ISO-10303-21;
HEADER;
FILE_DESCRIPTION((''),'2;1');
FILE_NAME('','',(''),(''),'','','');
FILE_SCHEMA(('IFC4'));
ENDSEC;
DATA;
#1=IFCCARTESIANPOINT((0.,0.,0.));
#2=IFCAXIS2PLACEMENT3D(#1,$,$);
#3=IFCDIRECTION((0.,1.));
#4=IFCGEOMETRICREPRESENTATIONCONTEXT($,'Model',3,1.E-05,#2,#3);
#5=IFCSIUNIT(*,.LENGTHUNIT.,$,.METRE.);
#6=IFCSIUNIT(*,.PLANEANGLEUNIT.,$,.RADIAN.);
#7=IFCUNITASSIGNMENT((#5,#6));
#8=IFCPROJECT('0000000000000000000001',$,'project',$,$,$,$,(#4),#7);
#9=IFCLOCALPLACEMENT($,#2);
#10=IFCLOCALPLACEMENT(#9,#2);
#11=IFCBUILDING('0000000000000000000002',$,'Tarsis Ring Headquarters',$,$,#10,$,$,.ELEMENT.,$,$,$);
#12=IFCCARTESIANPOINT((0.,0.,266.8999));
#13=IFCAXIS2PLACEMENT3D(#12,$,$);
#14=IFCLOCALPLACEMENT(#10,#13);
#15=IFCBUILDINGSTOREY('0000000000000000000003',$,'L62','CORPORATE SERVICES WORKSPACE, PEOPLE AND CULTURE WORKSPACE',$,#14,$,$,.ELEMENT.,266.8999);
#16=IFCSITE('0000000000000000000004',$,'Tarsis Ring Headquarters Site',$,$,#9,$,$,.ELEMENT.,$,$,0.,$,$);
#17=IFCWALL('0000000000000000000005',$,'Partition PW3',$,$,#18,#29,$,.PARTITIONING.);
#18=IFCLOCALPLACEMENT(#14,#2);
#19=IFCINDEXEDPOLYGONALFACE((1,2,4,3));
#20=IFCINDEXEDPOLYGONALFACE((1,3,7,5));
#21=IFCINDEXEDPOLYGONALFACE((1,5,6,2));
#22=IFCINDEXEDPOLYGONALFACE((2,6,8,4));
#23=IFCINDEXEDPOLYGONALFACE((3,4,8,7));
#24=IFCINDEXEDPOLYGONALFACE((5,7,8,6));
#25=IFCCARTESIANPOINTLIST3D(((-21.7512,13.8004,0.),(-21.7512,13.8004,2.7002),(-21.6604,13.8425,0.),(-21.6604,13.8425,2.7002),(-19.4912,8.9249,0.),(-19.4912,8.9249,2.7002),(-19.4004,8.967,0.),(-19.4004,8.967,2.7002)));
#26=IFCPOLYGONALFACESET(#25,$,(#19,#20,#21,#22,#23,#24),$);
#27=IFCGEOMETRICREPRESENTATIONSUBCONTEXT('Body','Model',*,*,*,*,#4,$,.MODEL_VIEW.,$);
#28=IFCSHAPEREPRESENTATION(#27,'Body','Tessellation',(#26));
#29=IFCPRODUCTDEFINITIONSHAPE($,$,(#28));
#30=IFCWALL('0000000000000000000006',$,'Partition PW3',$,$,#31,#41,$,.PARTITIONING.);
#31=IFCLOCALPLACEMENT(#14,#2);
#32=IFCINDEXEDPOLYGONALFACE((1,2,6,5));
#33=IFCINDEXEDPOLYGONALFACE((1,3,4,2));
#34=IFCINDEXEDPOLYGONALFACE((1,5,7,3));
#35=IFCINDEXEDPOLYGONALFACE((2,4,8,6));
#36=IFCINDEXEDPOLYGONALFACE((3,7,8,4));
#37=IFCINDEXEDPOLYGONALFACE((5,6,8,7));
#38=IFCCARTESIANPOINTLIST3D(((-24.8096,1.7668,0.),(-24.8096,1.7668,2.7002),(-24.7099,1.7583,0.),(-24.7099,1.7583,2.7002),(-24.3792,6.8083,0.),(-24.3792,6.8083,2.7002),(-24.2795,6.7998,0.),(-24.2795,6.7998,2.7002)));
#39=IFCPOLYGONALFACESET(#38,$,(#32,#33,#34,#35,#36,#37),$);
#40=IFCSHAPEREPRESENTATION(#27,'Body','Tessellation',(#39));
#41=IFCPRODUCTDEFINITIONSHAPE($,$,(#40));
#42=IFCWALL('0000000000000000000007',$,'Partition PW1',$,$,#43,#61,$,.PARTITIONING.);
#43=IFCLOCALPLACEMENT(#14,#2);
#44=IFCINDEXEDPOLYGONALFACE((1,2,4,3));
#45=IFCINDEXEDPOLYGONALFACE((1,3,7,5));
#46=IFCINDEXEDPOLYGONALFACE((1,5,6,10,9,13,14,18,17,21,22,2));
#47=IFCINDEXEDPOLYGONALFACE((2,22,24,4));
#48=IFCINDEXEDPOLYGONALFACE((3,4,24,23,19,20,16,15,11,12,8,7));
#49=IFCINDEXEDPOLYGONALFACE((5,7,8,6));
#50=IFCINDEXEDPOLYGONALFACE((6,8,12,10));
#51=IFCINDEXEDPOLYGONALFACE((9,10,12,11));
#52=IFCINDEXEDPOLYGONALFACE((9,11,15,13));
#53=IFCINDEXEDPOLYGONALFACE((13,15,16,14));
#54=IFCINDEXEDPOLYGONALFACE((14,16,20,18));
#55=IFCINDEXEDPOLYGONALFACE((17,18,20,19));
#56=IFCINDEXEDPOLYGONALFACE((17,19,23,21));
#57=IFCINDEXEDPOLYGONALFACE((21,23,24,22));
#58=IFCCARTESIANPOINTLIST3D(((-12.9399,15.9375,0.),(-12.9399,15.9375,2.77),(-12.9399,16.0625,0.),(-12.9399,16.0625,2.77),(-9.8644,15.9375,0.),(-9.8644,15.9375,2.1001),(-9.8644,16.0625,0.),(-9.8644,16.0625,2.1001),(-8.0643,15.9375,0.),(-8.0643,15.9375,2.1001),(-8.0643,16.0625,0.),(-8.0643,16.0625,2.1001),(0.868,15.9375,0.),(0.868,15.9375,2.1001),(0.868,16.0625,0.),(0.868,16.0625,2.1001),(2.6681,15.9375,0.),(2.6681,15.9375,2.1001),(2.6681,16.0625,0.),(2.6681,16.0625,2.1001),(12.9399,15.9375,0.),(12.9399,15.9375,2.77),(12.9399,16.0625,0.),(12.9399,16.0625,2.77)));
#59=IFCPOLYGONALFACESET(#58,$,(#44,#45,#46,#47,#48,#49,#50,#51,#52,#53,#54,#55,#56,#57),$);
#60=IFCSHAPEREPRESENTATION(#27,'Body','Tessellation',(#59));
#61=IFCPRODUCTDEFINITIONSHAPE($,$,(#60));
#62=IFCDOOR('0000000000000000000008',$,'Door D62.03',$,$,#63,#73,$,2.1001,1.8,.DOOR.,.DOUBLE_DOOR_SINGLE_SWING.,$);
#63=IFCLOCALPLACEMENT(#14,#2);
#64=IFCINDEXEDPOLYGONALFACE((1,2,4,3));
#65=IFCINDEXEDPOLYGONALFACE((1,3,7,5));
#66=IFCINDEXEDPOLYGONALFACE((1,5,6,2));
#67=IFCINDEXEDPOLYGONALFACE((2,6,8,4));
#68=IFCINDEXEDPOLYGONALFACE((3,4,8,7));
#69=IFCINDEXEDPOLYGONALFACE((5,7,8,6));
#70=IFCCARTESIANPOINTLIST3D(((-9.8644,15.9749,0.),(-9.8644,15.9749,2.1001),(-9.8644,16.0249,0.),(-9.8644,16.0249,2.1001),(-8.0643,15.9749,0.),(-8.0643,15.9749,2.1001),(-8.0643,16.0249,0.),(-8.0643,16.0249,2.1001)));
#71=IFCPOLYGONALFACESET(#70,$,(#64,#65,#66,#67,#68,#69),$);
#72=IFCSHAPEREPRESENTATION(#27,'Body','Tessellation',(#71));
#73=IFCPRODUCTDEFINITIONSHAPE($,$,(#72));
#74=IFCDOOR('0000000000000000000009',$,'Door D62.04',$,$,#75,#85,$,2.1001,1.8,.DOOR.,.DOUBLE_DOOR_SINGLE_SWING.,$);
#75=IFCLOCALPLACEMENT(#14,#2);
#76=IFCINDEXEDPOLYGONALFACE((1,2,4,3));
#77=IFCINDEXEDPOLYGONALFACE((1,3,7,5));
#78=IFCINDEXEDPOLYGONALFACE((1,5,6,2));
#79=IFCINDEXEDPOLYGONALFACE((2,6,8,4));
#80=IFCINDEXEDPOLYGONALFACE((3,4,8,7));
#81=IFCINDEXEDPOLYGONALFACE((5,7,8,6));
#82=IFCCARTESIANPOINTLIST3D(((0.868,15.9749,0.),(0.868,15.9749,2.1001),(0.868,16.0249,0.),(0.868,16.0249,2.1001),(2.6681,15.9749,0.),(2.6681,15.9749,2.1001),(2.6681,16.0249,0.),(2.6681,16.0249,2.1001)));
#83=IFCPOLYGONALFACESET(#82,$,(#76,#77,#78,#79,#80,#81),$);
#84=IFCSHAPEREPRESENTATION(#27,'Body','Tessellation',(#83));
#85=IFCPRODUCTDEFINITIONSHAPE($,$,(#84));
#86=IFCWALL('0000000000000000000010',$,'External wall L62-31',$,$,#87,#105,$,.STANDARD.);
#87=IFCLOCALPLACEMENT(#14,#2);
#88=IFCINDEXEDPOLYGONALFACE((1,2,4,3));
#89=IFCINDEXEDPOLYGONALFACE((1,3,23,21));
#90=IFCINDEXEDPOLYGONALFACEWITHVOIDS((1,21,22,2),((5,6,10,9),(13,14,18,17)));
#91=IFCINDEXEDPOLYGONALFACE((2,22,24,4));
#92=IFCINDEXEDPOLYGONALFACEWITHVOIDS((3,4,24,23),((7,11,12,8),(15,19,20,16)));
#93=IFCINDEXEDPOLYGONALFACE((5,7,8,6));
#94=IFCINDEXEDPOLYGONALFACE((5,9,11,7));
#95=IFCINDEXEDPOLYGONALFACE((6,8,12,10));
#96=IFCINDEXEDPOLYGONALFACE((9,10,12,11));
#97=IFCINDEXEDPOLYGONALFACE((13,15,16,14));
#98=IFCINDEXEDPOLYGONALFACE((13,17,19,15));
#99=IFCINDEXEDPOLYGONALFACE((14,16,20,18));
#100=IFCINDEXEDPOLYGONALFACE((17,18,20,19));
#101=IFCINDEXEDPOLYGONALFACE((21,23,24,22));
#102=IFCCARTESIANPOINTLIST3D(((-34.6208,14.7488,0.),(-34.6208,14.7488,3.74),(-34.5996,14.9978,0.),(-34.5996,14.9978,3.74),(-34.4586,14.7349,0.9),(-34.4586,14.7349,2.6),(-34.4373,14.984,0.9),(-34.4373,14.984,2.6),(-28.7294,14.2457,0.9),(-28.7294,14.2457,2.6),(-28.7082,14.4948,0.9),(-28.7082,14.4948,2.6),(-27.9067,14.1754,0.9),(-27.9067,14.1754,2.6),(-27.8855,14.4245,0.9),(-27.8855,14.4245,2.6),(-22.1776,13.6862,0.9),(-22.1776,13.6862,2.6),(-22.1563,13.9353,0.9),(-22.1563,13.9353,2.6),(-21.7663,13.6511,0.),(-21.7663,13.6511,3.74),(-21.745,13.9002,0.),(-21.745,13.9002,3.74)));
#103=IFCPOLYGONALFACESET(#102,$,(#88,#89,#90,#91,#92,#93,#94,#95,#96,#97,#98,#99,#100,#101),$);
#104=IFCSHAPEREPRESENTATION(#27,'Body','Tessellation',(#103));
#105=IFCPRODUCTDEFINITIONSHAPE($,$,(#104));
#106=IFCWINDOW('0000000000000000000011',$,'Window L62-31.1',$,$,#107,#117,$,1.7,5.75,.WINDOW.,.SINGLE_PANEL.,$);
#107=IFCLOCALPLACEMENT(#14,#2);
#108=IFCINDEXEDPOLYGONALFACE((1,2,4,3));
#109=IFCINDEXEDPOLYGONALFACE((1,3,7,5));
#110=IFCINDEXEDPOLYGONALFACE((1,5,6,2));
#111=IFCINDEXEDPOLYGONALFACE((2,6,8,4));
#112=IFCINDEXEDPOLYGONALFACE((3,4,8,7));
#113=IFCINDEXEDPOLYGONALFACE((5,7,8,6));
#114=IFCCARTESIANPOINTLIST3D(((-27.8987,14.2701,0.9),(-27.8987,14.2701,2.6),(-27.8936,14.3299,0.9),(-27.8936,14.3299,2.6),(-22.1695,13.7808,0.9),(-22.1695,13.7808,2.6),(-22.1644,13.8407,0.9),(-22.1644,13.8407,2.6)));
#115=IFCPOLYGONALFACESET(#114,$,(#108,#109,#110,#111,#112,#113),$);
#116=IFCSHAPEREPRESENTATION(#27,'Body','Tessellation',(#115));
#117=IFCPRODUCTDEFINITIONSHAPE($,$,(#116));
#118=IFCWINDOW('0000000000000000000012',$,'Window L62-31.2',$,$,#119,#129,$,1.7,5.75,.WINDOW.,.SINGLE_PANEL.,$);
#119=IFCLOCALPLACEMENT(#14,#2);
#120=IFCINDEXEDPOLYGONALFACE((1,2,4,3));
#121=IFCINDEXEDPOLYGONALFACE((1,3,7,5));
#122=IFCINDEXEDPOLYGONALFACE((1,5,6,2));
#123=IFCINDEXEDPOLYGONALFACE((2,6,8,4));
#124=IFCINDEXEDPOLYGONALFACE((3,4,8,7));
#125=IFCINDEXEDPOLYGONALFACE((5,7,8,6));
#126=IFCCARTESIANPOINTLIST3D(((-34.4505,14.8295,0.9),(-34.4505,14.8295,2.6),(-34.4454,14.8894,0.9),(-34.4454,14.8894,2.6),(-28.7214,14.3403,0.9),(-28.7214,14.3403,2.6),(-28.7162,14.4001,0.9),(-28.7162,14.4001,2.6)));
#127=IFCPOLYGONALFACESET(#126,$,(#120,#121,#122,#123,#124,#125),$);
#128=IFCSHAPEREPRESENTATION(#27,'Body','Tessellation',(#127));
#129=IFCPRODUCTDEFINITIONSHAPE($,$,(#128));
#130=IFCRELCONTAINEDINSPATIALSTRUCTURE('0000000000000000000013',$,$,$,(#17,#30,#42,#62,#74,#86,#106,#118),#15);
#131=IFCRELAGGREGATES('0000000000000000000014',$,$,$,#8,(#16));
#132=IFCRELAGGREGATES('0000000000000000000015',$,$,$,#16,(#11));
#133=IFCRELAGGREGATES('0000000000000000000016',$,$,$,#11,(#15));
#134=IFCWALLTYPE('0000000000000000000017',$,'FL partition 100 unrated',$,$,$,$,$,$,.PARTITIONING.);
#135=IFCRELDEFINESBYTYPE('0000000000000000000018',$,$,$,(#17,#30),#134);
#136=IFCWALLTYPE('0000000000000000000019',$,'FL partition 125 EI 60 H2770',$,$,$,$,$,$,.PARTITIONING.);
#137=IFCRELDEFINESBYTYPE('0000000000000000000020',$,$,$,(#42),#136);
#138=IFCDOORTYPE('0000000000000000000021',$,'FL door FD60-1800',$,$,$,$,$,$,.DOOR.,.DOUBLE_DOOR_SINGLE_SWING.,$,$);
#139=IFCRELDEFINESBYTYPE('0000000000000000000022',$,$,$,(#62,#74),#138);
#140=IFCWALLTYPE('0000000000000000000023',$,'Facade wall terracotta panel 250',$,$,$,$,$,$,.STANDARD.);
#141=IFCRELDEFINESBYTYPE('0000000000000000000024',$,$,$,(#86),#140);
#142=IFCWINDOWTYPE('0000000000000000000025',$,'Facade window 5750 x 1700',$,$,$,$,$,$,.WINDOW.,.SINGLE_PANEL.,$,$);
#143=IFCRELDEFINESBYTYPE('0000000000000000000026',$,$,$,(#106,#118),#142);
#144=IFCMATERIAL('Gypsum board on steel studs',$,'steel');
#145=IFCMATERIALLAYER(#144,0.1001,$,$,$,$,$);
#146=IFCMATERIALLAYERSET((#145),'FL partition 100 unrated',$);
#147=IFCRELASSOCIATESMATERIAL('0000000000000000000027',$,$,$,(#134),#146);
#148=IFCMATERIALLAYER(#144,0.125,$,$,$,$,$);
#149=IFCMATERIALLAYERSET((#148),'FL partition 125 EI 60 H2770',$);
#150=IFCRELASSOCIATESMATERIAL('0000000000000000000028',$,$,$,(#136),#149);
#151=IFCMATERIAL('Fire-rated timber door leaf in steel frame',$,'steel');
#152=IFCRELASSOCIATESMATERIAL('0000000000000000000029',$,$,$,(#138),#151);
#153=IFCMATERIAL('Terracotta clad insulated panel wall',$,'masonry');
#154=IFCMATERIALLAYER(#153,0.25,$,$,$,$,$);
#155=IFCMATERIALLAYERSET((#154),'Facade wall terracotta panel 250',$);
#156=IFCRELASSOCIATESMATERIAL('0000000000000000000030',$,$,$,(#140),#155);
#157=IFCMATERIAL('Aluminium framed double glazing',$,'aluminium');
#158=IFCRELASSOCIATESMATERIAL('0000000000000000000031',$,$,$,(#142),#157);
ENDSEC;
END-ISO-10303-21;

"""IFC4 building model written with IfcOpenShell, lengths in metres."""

from ifc_helpers import new_model, si_unit, direction, frame, frame_2d, origin, place, context, subcontext, project, spatial, rectangle, extrude, material, layer, layer_set, type_object, element, fill, save


model = new_model("IFC4")

# Units and contexts
model_context = context("Model", 3, precision=1e-05, world=origin(), true_north=direction((0.0, 1.0)))
body_context = subcontext(model_context, "Body", "Model", "MODEL_VIEW")
ifc_project = project(units=[si_unit("LENGTHUNIT", "METRE"), si_unit("PLANEANGLEUNIT", "RADIAN")], contexts=[model_context])

# Site, building, storey
site_placement = place(None, origin())
site = spatial("IfcSite", under=ifc_project, at=site_placement, Name="Tarsis Ring Headquarters Site", CompositionType="ELEMENT", RefElevation=0.0)
building_placement = place(site_placement, origin())
building = spatial("IfcBuilding", under=site, at=building_placement, Name="Tarsis Ring Headquarters", CompositionType="ELEMENT")
storey_placement = place(building_placement, frame((0.0, 0.0, 266.8999)))
storey = spatial("IfcBuildingStorey", under=building, at=storey_placement, Name="L62", Description="CORPORATE SERVICES WORKSPACE, PEOPLE AND CULTURE WORKSPACE", CompositionType="ELEMENT", Elevation=266.8999)

# Walls
ifc_material_1 = material(Name="Gypsum board on steel studs", Category="steel")
ifc_layer_1 = layer(ifc_material_1, 0.1001)
ifc_layer_set_1 = layer_set([ifc_layer_1], Name="FL partition 100 unrated")
wall_type_1 = type_object("IfcWallType", Name="FL partition 100 unrated", PredefinedType="PARTITIONING", material=ifc_layer_set_1)
wall_1_placement = place(storey_placement, frame((-21.7058, 13.8215, 0.0), z_axis=(0.0, 0.0, 1.0), x_axis=(0.420559, -0.907265, 0.0)))
element("IfcWall", 1, at=wall_1_placement, inside=storey, type_object=wall_type_1, Name="Partition PW3", PredefinedType="PARTITIONING", context=body_context, shape_type="SweptSolid", body=[
    extrude(rectangle(XDim=5.3738, YDim=0.1001, at=frame_2d((2.687, 0.0))), origin(), (0.0, 0.0, 1.0), 2.7002),
])
wall_2_placement = place(storey_placement, frame((-24.7598, 1.7627, 0.0), z_axis=(0.0, 0.0, 1.0), x_axis=(0.085066, 0.996375, 0.0)))
element("IfcWall", 2, at=wall_2_placement, inside=storey, type_object=wall_type_1, Name="Partition PW3", PredefinedType="PARTITIONING", context=body_context, shape_type="SweptSolid", body=[
    extrude(rectangle(XDim=5.0598, YDim=0.1001, at=frame_2d((2.5298, 0.0))), origin(), (0.0, 0.0, 1.0), 2.7002),
])

# Wall, openings, doors
ifc_layer_2 = layer(ifc_material_1, 0.125)
ifc_layer_set_2 = layer_set([ifc_layer_2], Name="FL partition 125 EI 60 H2770")
wall_type_2 = type_object("IfcWallType", Name="FL partition 125 EI 60 H2770", PredefinedType="PARTITIONING", material=ifc_layer_set_2)
wall_3_placement = place(storey_placement, frame((-12.9399, 16.0, 0.0), z_axis=(0.0, 0.0, 1.0), x_axis=(1.0, 0.0, 0.0)))
wall_3 = element("IfcWall", 3, at=wall_3_placement, inside=storey, type_object=wall_type_2, Name="Partition PW1", PredefinedType="PARTITIONING", context=body_context, shape_type="SweptSolid", body=[
    extrude(rectangle(XDim=25.8799, YDim=0.125, at=frame_2d((12.9399, 0.0))), origin(), (0.0, 0.0, 1.0), 2.77),
])
opening_1_placement = place(wall_3_placement, frame((3.0757, 0.0, 0.0)))
opening_1 = element("IfcOpeningElement", 4, at=opening_1_placement, cuts=wall_3, PredefinedType="OPENING", context=body_context, shape_type="SweptSolid", body=[
    extrude(rectangle(XDim=1.8, YDim=2.1001, at=frame_2d((0.8999, 1.05))), frame((0.0, 0.0725, 0.0), z_axis=(0.0, -1.0, 0.0), x_axis=(1.0, 0.0, 0.0)), (0.0, 0.0, 1.0), 0.145),
])
opening_2_placement = place(wall_3_placement, frame((13.8081, 0.0, 0.0)))
opening_2 = element("IfcOpeningElement", 5, at=opening_2_placement, cuts=wall_3, PredefinedType="OPENING", context=body_context, shape_type="SweptSolid", body=[
    extrude(rectangle(XDim=1.8, YDim=2.1001, at=frame_2d((0.8999, 1.05))), frame((0.0, 0.0725, 0.0), z_axis=(0.0, -1.0, 0.0), x_axis=(1.0, 0.0, 0.0)), (0.0, 0.0, 1.0), 0.145),
])
ifc_material_2 = material(Name="Fire-rated timber door leaf in steel frame", Category="steel")
door_type_1 = type_object("IfcDoorType", Name="FL door FD60-1800", OperationType="DOUBLE_DOOR_SINGLE_SWING", PredefinedType="DOOR", material=ifc_material_2)
door_1_placement = place(opening_1_placement, origin())
door_1 = element("IfcDoor", 6, at=door_1_placement, inside=storey, type_object=door_type_1, Name="Door D62.03", OperationType="DOUBLE_DOOR_SINGLE_SWING", OverallHeight=2.1001, OverallWidth=1.8, PredefinedType="DOOR", context=body_context, shape_type="SweptSolid", body=[
    extrude(rectangle(XDim=1.8, YDim=2.1001, at=frame_2d((0.8999, 1.05))), frame((0.0, 0.0249, 0.0), z_axis=(0.0, -1.0, 0.0), x_axis=(1.0, 0.0, 0.0)), (0.0, 0.0, 1.0), 0.05),
])
fill(opening_1, door_1)
door_2_placement = place(opening_2_placement, origin())
door_2 = element("IfcDoor", 7, at=door_2_placement, inside=storey, type_object=door_type_1, Name="Door D62.04", OperationType="DOUBLE_DOOR_SINGLE_SWING", OverallHeight=2.1001, OverallWidth=1.8, PredefinedType="DOOR", context=body_context, shape_type="SweptSolid", body=[
    extrude(rectangle(XDim=1.8, YDim=2.1001, at=frame_2d((0.8999, 1.05))), frame((0.0, 0.0249, 0.0), z_axis=(0.0, -1.0, 0.0), x_axis=(1.0, 0.0, 0.0)), (0.0, 0.0, 1.0), 0.05),
])
fill(opening_2, door_2)

# Wall, openings, windows
ifc_material_3 = material(Name="Terracotta clad insulated panel wall", Category="masonry")
ifc_layer_3 = layer(ifc_material_3, 0.25)
ifc_layer_set_3 = layer_set([ifc_layer_3], Name="Facade wall terracotta panel 250")
wall_type_3 = type_object("IfcWallType", Name="Facade wall terracotta panel 250", PredefinedType="STANDARD", material=ifc_layer_set_3)
wall_4_placement = place(storey_placement, frame((-21.7556, 13.7756, 0.0), z_axis=(0.0, 0.0, 1.0), x_axis=(-0.996374, 0.085081, 0.0)))
wall_4 = element("IfcWall", 8, at=wall_4_placement, inside=storey, type_object=wall_type_3, Name="External wall L62-31", PredefinedType="STANDARD", context=body_context, shape_type="SweptSolid", body=[
    extrude(rectangle(XDim=12.9014, YDim=0.25, at=frame_2d((6.4507, 0.0))), origin(), (0.0, 0.0, 1.0), 3.74),
])
opening_3_placement = place(wall_4_placement, frame((0.4128, 0.0, 0.8999)))
opening_3 = element("IfcOpeningElement", 9, at=opening_3_placement, cuts=wall_4, PredefinedType="OPENING", context=body_context, shape_type="SweptSolid", body=[
    extrude(rectangle(XDim=5.75, YDim=1.7, at=frame_2d((2.875, 0.8501))), frame((0.0, 0.135, 0.0), z_axis=(0.0, -1.0, 0.0), x_axis=(1.0, 0.0, 0.0)), (0.0, 0.0, 1.0), 0.27),
])
opening_4_placement = place(wall_4_placement, frame((6.9885, 0.0, 0.8999)))
opening_4 = element("IfcOpeningElement", 10, at=opening_4_placement, cuts=wall_4, PredefinedType="OPENING", context=body_context, shape_type="SweptSolid", body=[
    extrude(rectangle(XDim=5.75, YDim=1.7, at=frame_2d((2.875, 0.8501))), frame((0.0, 0.135, 0.0), z_axis=(0.0, -1.0, 0.0), x_axis=(1.0, 0.0, 0.0)), (0.0, 0.0, 1.0), 0.27),
])
ifc_material_4 = material(Name="Aluminium framed double glazing", Category="aluminium")
window_type = type_object("IfcWindowType", Name="Facade window 5750 x 1700", PartitioningType="SINGLE_PANEL", PredefinedType="WINDOW", material=ifc_material_4)
window_1_placement = place(opening_3_placement, origin())
window_1 = element("IfcWindow", 11, at=window_1_placement, inside=storey, type_object=window_type, Name="Window L62-31.1", OverallHeight=1.7, OverallWidth=5.75, PartitioningType="SINGLE_PANEL", PredefinedType="WINDOW", context=body_context, shape_type="SweptSolid", body=[
    extrude(rectangle(XDim=5.75, YDim=1.7, at=frame_2d((2.875, 0.8501))), frame((0.0, 0.03, 0.0), z_axis=(0.0, -1.0, 0.0), x_axis=(1.0, 0.0, 0.0)), (0.0, 0.0, 1.0), 0.0601),
])
fill(opening_3, window_1)
window_2_placement = place(opening_4_placement, origin())
window_2 = element("IfcWindow", 12, at=window_2_placement, inside=storey, type_object=window_type, Name="Window L62-31.2", OverallHeight=1.7, OverallWidth=5.75, PartitioningType="SINGLE_PANEL", PredefinedType="WINDOW", context=body_context, shape_type="SweptSolid", body=[
    extrude(rectangle(XDim=5.75, YDim=1.7, at=frame_2d((2.875, 0.8501))), frame((0.0, 0.03, 0.0), z_axis=(0.0, -1.0, 0.0), x_axis=(1.0, 0.0, 0.0)), (0.0, 0.0, 1.0), 0.0601),
])
fill(opening_4, window_2)

save(model, "model.ifc")
